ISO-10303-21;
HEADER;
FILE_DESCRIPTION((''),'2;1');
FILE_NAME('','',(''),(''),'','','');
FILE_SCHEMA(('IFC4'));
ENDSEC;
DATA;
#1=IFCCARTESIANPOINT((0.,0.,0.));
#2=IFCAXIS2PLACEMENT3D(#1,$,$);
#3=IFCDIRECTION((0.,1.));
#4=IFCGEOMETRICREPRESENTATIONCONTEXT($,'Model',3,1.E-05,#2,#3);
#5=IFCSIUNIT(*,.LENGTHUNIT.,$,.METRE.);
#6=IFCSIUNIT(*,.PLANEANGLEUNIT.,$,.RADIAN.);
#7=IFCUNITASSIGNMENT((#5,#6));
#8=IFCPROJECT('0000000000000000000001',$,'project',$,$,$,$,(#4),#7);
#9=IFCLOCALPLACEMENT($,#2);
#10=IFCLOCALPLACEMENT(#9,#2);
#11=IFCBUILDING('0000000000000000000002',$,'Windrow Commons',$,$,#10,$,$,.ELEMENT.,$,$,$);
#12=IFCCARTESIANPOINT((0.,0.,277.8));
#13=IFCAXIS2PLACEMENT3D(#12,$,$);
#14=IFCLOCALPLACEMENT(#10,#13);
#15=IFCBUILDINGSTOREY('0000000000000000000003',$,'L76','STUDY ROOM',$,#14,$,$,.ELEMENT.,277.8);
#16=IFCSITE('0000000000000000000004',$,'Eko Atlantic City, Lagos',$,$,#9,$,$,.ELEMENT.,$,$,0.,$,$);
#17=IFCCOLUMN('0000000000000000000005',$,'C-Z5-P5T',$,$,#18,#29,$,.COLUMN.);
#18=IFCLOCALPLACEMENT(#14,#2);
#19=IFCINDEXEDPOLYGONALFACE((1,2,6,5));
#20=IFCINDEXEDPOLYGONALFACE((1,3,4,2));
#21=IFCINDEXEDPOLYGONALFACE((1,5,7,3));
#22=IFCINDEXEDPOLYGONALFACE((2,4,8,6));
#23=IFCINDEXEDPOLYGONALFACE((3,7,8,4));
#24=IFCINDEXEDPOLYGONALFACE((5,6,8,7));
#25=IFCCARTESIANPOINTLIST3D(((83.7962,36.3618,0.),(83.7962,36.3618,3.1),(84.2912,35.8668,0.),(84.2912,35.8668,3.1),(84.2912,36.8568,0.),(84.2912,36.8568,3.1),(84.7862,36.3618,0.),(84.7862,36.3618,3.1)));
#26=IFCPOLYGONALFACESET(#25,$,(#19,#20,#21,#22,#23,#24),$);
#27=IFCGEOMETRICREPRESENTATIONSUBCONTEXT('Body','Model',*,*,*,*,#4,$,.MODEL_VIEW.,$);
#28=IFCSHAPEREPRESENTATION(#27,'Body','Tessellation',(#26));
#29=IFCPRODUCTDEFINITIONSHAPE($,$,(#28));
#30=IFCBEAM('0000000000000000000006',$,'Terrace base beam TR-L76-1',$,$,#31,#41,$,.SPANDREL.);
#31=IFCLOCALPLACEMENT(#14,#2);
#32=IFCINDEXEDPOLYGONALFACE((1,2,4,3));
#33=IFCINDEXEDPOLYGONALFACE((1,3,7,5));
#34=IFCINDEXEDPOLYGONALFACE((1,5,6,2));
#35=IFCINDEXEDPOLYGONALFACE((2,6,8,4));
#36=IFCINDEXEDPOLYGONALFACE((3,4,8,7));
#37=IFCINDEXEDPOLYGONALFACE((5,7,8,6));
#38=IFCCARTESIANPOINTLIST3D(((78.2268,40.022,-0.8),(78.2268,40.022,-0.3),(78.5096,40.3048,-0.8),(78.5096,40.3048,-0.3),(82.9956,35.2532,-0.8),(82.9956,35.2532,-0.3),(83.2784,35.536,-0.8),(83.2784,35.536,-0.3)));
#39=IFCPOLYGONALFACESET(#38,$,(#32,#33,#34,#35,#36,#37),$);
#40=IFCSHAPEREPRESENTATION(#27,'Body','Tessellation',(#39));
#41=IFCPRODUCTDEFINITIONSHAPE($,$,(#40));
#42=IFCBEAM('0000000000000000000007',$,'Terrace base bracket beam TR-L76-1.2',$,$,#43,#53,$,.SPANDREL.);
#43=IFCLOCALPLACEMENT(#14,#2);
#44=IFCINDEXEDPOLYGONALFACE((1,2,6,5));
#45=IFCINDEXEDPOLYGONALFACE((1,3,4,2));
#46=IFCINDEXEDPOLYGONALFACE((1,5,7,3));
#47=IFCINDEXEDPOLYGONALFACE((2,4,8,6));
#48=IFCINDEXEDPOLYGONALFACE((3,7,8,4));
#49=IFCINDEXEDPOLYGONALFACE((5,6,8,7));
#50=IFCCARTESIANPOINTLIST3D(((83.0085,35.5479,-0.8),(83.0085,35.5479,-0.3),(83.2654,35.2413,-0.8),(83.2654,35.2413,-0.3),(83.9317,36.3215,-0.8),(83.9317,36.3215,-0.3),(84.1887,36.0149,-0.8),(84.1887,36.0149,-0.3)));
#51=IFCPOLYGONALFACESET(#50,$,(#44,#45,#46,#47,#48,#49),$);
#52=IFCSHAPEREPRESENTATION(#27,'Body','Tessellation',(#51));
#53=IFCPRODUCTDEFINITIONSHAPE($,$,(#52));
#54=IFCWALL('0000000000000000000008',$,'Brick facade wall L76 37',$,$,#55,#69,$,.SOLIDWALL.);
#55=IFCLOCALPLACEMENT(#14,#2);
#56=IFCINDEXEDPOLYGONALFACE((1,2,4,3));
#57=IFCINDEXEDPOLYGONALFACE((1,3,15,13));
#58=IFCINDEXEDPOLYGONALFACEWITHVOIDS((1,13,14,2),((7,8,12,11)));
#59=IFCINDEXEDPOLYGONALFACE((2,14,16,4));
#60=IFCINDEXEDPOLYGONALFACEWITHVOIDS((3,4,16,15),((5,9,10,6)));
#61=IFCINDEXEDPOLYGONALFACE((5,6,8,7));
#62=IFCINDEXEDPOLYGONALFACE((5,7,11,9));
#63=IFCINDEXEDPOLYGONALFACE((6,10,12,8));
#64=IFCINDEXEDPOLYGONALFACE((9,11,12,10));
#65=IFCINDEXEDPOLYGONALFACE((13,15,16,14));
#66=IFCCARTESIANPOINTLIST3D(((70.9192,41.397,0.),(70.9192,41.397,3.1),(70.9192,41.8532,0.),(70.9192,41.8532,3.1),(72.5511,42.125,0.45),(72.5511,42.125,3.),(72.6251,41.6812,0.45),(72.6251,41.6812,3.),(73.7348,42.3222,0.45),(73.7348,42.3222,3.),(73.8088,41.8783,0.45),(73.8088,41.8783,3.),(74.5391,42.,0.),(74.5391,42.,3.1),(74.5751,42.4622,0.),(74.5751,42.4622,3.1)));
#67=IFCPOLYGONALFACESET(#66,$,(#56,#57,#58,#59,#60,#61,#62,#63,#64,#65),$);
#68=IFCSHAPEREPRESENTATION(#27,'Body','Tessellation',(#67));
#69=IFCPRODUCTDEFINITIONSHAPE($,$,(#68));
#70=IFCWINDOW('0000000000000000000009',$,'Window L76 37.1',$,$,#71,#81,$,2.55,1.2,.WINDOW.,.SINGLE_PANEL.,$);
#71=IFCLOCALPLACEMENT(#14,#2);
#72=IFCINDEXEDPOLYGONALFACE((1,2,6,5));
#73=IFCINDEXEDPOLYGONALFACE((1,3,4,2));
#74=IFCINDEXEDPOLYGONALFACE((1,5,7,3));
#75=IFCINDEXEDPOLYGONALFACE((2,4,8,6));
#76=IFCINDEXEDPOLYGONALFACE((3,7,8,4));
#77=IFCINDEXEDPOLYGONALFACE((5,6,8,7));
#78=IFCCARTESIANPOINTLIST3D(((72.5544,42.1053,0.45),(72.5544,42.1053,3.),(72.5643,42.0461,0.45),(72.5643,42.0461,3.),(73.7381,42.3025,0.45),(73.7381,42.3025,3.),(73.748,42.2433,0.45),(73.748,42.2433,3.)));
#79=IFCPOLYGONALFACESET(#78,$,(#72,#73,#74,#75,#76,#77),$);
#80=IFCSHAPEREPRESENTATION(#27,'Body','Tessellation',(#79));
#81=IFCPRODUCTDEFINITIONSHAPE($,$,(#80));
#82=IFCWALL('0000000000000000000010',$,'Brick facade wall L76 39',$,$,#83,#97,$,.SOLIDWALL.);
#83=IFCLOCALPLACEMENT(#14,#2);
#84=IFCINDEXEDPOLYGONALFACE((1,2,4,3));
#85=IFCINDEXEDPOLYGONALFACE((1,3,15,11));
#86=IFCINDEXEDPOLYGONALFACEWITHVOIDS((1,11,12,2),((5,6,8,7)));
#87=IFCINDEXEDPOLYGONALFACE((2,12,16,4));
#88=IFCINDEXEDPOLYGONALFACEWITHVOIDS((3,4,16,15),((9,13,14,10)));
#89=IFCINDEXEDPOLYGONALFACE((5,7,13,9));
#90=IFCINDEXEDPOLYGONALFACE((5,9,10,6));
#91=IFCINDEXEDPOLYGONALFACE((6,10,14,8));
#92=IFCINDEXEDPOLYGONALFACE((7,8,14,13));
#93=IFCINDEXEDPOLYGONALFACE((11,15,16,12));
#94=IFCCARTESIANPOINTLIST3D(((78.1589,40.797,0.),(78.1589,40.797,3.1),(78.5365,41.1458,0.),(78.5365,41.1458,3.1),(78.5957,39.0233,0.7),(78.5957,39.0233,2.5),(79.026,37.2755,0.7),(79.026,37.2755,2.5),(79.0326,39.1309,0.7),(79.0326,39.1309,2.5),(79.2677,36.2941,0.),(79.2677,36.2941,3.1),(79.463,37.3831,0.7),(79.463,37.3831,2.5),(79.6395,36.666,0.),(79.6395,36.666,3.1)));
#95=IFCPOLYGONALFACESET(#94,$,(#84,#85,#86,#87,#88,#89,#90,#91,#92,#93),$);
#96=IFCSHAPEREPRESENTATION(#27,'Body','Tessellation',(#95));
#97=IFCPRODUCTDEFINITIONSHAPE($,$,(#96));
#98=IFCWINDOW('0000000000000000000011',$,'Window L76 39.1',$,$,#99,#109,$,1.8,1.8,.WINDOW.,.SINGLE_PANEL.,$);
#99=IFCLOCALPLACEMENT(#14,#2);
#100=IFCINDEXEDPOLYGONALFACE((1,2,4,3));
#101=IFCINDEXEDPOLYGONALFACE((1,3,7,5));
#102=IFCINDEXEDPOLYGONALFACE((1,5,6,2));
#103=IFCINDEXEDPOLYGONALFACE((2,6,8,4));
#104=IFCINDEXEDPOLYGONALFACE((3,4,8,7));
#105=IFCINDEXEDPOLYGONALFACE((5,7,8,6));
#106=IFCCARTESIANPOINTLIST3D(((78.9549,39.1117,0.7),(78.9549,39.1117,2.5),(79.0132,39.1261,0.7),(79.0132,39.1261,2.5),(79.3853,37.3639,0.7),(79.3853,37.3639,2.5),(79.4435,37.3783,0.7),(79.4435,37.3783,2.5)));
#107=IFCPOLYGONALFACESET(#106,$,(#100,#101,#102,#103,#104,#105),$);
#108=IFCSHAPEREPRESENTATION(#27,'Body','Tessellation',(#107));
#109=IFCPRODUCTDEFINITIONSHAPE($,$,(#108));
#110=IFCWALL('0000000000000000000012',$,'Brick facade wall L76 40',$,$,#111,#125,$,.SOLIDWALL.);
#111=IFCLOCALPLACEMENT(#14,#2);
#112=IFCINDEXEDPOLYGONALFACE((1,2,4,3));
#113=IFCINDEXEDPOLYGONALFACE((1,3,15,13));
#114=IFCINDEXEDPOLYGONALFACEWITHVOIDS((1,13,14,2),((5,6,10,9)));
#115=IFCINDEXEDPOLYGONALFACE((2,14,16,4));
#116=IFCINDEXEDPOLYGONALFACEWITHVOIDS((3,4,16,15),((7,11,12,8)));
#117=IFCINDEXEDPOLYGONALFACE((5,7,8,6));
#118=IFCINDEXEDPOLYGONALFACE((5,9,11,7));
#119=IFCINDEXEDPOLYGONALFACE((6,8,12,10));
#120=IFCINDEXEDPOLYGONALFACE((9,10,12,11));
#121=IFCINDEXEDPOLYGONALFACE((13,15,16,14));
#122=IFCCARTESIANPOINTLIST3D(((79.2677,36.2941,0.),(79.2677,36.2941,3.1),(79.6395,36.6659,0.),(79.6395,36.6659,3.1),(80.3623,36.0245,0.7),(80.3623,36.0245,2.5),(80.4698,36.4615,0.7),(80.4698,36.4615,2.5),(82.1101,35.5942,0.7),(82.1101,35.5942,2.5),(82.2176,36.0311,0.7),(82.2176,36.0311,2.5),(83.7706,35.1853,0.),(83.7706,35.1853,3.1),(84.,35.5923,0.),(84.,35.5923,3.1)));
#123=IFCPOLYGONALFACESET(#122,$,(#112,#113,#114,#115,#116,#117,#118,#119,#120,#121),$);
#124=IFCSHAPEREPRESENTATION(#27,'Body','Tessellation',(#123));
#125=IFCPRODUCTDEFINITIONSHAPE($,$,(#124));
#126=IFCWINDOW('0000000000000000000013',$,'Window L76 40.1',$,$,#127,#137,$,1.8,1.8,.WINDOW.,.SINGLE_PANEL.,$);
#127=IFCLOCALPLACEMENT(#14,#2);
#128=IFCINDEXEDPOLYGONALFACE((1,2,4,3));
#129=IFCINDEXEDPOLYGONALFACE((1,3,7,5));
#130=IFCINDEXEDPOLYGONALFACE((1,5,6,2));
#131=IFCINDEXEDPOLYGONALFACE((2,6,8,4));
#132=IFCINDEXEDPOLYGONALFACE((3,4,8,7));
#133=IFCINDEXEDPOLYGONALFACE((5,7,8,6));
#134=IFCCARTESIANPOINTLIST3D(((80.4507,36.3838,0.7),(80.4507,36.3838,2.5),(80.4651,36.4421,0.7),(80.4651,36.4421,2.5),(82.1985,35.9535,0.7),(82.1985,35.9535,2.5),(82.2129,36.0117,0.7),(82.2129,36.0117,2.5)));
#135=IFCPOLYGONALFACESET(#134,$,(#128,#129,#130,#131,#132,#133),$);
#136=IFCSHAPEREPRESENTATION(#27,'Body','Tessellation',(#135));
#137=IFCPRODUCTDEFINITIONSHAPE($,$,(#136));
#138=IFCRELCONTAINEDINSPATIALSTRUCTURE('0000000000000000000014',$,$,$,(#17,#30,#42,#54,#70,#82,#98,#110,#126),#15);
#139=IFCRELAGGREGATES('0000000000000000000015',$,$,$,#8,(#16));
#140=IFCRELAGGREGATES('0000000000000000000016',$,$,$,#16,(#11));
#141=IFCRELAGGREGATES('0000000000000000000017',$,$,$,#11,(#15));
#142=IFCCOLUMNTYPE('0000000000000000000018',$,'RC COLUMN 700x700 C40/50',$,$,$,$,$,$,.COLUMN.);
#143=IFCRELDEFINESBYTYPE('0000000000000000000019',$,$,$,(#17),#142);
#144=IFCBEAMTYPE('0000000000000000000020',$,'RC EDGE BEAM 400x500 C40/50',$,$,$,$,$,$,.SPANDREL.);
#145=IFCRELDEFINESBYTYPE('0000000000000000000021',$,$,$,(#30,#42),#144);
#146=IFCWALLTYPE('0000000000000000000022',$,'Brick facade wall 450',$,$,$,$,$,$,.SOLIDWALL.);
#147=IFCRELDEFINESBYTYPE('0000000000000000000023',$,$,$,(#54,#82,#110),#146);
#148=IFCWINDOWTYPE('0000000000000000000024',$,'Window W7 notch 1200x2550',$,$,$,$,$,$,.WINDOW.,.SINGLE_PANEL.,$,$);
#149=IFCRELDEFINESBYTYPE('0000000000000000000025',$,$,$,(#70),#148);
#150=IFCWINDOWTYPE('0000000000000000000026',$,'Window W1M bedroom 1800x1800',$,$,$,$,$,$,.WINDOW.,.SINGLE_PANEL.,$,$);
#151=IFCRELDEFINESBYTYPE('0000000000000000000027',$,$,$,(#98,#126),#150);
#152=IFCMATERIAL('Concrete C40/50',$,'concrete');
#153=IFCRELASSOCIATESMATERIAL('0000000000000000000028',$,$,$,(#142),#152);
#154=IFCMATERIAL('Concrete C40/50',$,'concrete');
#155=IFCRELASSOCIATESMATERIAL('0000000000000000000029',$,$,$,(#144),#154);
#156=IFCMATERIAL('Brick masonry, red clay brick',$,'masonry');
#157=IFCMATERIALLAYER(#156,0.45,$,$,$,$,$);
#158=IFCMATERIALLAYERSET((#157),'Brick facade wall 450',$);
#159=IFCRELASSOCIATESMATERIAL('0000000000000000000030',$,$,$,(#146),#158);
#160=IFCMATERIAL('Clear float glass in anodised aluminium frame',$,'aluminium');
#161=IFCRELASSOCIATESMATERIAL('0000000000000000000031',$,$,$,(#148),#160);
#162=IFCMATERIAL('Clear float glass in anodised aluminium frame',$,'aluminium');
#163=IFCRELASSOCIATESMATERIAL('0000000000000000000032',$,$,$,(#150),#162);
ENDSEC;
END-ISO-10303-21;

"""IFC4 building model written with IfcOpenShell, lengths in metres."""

from ifc_helpers import new_model, si_unit, direction, frame, frame_2d, origin, origin_2d, place, context, subcontext, project, spatial, polyline, rectangle, outline, extrude, material, layer, layer_set, material_profile, profile_set, type_object, element, fill, save


model = new_model("IFC4")

# Units and contexts
model_context = context("Model", 3, precision=1e-05, world=origin(), true_north=direction((0.0, 1.0)))
body_context = subcontext(model_context, "Body", "Model", "MODEL_VIEW")
ifc_project = project(units=[si_unit("LENGTHUNIT", "METRE"), si_unit("PLANEANGLEUNIT", "RADIAN")], contexts=[model_context])

# Site, building, storey
site_placement = place(None, origin())
site = spatial("IfcSite", under=ifc_project, at=site_placement, Name="Eko Atlantic City, Lagos", CompositionType="ELEMENT", RefElevation=0.0)
building_placement = place(site_placement, origin())
building = spatial("IfcBuilding", under=site, at=building_placement, Name="Windrow Commons", CompositionType="ELEMENT")
storey_placement = place(building_placement, frame((0.0, 0.0, 277.8)))
storey = spatial("IfcBuildingStorey", under=building, at=storey_placement, Name="L76", Description="STUDY ROOM", CompositionType="ELEMENT", Elevation=277.8)

# Column
ifc_material_1 = material(Name="Concrete C40/50", Category="concrete")
ifc_material_profile_1 = material_profile(ifc_material_1, rectangle(XDim=0.7, YDim=0.7, at=origin_2d()))
ifc_profile_set_1 = profile_set([ifc_material_profile_1], Name="Concrete C40/50")
column_type = type_object("IfcColumnType", Name="RC COLUMN 700x700 C40/50", PredefinedType="COLUMN", material=ifc_profile_set_1)
column_placement = place(storey_placement, frame((84.2912, 36.3618, 0.0), z_axis=(0.0, 0.0, 1.0), x_axis=(0.707107, -0.707107, 0.0)))
element("IfcColumn", 1, at=column_placement, inside=storey, type_object=column_type, Name="C-Z5-P5T", PredefinedType="COLUMN", context=body_context, shape_type="SweptSolid", body=[
    extrude(rectangle(XDim=0.7, YDim=0.7, at=origin_2d()), origin(), (0.0, 0.0, 1.0), 3.1),
])

# Beams
ifc_material_2 = material(Name="Concrete C40/50", Category="concrete")
ifc_material_profile_2 = material_profile(ifc_material_2, rectangle(XDim=0.4, YDim=0.5, at=origin_2d()))
ifc_profile_set_2 = profile_set([ifc_material_profile_2], Name="Concrete C40/50")
beam_type = type_object("IfcBeamType", Name="RC EDGE BEAM 400x500 C40/50", PredefinedType="SPANDREL", material=ifc_profile_set_2)
beam_1_placement = place(storey_placement, frame((78.3682, 40.1634, -0.55), z_axis=(0.707107, -0.707107, 0.0), x_axis=(0.707107, 0.707107, 0.0)))
element("IfcBeam", 2, at=beam_1_placement, inside=storey, type_object=beam_type, Name="Terrace base beam TR-L76-1", PredefinedType="SPANDREL", context=body_context, shape_type="SweptSolid", body=[
    extrude(rectangle(XDim=0.4, YDim=0.5, at=origin_2d()), origin(), (0.0, 0.0, 1.0), 6.7441),
])
beam_2_placement = place(storey_placement, frame((84.0602, 36.1682, -0.55), z_axis=(-0.766476, -0.642273, 0.0), x_axis=(0.642273, -0.766476, 0.0)))
element("IfcBeam", 3, at=beam_2_placement, inside=storey, type_object=beam_type, Name="Terrace base bracket beam TR-L76-1.2", PredefinedType="SPANDREL", context=body_context, shape_type="SweptSolid", body=[
    extrude(rectangle(XDim=0.4, YDim=0.5, at=origin_2d()), origin(), (0.0, 0.0, 1.0), 1.2045),
])

# Walls, openings, windows
ifc_material_3 = material(Name="Brick masonry, red clay brick", Category="masonry")
ifc_layer_1 = layer(ifc_material_3, 0.45)
ifc_layer_set_1 = layer_set([ifc_layer_1], Name="Brick facade wall 450")
wall_type_1 = type_object("IfcWallType", Name="Brick facade wall 450", PredefinedType="SOLIDWALL", material=ifc_layer_set_1)
wall_1_placement = place(storey_placement, frame((70.9192, 41.6251, 0.0), z_axis=(0.0, 0.0, 1.0), x_axis=(0.986408, 0.164315, 0.0)))
wall_1 = element("IfcWall", 4, at=wall_1_placement, inside=storey, type_object=wall_type_1, Name="Brick facade wall L76 37", PredefinedType="SOLIDWALL", context=body_context, shape_type="SweptSolid", body=[
    extrude(outline(polyline([(-0.0375, -0.225), (3.6323, -0.225), (3.7438, 0.225), (0.0375, 0.225), (-0.0375, -0.225)])), origin(), (0.0, 0.0, 1.0), 3.1),
])
opening_1_placement = place(wall_1_placement, frame((1.6919, 0.0, 0.45)))
opening_1 = element("IfcOpeningElement", 5, at=opening_1_placement, cuts=wall_1, PredefinedType="OPENING", context=body_context, shape_type="SweptSolid", body=[
    extrude(rectangle(XDim=1.2, YDim=2.55, at=frame_2d((0.6, 1.275))), frame((0.0, 0.235, 0.0), z_axis=(0.0, -1.0, 0.0), x_axis=(1.0, 0.0, 0.0)), (0.0, 0.0, 1.0), 0.47),
])
ifc_material_4 = material(Name="Clear float glass in anodised aluminium frame", Category="aluminium")
window_type_1 = type_object("IfcWindowType", Name="Window W7 notch 1200x2550", PartitioningType="SINGLE_PANEL", PredefinedType="WINDOW", material=ifc_material_4)
window_1_placement = place(opening_1_placement, origin())
window_1 = element("IfcWindow", 6, at=window_1_placement, inside=storey, type_object=window_type_1, Name="Window L76 37.1", OverallHeight=2.55, OverallWidth=1.2, PartitioningType="SINGLE_PANEL", PredefinedType="WINDOW", context=body_context, shape_type="SweptSolid", body=[
    extrude(rectangle(XDim=1.2, YDim=2.55, at=frame_2d((0.6, 1.275))), frame((0.0, 0.205, 0.0), z_axis=(0.0, -1.0, 0.0), x_axis=(1.0, 0.0, 0.0)), (0.0, 0.0, 1.0), 0.06),
])
fill(opening_1, window_1)
wall_2_placement = place(storey_placement, frame((78.3477, 40.9714, 0.0), z_axis=(0.0, 0.0, 1.0), x_axis=(0.239085, -0.970999, 0.0)))
wall_2 = element("IfcWall", 7, at=wall_2_placement, inside=storey, type_object=wall_type_1, Name="Brick facade wall L76 39", PredefinedType="SOLIDWALL", context=body_context, shape_type="SweptSolid", body=[
    extrude(outline(polyline([(0.1242, -0.225), (4.7616, -0.225), (4.4894, 0.225), (-0.1242, 0.225), (0.1242, -0.225)])), origin(), (0.0, 0.0, 1.0), 3.1),
])
opening_2_placement = place(wall_2_placement, frame((1.9509, 0.0, 0.7)))
opening_2 = element("IfcOpeningElement", 8, at=opening_2_placement, cuts=wall_2, PredefinedType="OPENING", context=body_context, shape_type="SweptSolid", body=[
    extrude(rectangle(XDim=1.8, YDim=1.8, at=frame_2d((0.9, 0.9))), frame((0.0, 0.235, 0.0), z_axis=(0.0, -1.0, 0.0), x_axis=(1.0, 0.0, 0.0)), (0.0, 0.0, 1.0), 0.47),
])
ifc_material_5 = material(Name="Clear float glass in anodised aluminium frame", Category="aluminium")
window_type_2 = type_object("IfcWindowType", Name="Window W1M bedroom 1800x1800", PartitioningType="SINGLE_PANEL", PredefinedType="WINDOW", material=ifc_material_5)
window_2_placement = place(opening_2_placement, origin())
window_2 = element("IfcWindow", 9, at=window_2_placement, inside=storey, type_object=window_type_2, Name="Window L76 39.1", OverallHeight=1.8, OverallWidth=1.8, PartitioningType="SINGLE_PANEL", PredefinedType="WINDOW", context=body_context, shape_type="SweptSolid", body=[
    extrude(rectangle(XDim=1.8, YDim=1.8, at=frame_2d((0.9, 0.9))), frame((0.0, 0.205, 0.0), z_axis=(0.0, -1.0, 0.0), x_axis=(1.0, 0.0, 0.0)), (0.0, 0.0, 1.0), 0.06),
])
fill(opening_2, window_2)
wall_3_placement = place(storey_placement, frame((79.4536, 36.48, 0.0), z_axis=(0.0, 0.0, 1.0), x_axis=(0.970999, -0.239085, 0.0)))
wall_3 = element("IfcWall", 10, at=wall_3_placement, inside=storey, type_object=wall_type_1, Name="Brick facade wall L76 40", PredefinedType="SOLIDWALL", context=body_context, shape_type="SweptSolid", body=[
    extrude(outline(polyline([(-0.1361, -0.225), (4.5013, -0.225), (4.6268, 0.225), (0.1361, 0.225), (-0.1361, -0.225)])), origin(), (0.0, 0.0, 1.0), 3.1),
])
opening_3_placement = place(wall_3_placement, frame((0.9912, 0.0, 0.7)))
opening_3 = element("IfcOpeningElement", 11, at=opening_3_placement, cuts=wall_3, PredefinedType="OPENING", context=body_context, shape_type="SweptSolid", body=[
    extrude(rectangle(XDim=1.8, YDim=1.8, at=frame_2d((0.9, 0.9))), frame((0.0, 0.235, 0.0), z_axis=(0.0, -1.0, 0.0), x_axis=(1.0, 0.0, 0.0)), (0.0, 0.0, 1.0), 0.47),
])
window_3_placement = place(opening_3_placement, origin())
window_3 = element("IfcWindow", 12, at=window_3_placement, inside=storey, type_object=window_type_2, Name="Window L76 40.1", OverallHeight=1.8, OverallWidth=1.8, PartitioningType="SINGLE_PANEL", PredefinedType="WINDOW", context=body_context, shape_type="SweptSolid", body=[
    extrude(rectangle(XDim=1.8, YDim=1.8, at=frame_2d((0.9, 0.9))), frame((0.0, 0.205, 0.0), z_axis=(0.0, -1.0, 0.0), x_axis=(1.0, 0.0, 0.0)), (0.0, 0.0, 1.0), 0.06),
])
fill(opening_3, window_3)

save(model, "model.ifc")
